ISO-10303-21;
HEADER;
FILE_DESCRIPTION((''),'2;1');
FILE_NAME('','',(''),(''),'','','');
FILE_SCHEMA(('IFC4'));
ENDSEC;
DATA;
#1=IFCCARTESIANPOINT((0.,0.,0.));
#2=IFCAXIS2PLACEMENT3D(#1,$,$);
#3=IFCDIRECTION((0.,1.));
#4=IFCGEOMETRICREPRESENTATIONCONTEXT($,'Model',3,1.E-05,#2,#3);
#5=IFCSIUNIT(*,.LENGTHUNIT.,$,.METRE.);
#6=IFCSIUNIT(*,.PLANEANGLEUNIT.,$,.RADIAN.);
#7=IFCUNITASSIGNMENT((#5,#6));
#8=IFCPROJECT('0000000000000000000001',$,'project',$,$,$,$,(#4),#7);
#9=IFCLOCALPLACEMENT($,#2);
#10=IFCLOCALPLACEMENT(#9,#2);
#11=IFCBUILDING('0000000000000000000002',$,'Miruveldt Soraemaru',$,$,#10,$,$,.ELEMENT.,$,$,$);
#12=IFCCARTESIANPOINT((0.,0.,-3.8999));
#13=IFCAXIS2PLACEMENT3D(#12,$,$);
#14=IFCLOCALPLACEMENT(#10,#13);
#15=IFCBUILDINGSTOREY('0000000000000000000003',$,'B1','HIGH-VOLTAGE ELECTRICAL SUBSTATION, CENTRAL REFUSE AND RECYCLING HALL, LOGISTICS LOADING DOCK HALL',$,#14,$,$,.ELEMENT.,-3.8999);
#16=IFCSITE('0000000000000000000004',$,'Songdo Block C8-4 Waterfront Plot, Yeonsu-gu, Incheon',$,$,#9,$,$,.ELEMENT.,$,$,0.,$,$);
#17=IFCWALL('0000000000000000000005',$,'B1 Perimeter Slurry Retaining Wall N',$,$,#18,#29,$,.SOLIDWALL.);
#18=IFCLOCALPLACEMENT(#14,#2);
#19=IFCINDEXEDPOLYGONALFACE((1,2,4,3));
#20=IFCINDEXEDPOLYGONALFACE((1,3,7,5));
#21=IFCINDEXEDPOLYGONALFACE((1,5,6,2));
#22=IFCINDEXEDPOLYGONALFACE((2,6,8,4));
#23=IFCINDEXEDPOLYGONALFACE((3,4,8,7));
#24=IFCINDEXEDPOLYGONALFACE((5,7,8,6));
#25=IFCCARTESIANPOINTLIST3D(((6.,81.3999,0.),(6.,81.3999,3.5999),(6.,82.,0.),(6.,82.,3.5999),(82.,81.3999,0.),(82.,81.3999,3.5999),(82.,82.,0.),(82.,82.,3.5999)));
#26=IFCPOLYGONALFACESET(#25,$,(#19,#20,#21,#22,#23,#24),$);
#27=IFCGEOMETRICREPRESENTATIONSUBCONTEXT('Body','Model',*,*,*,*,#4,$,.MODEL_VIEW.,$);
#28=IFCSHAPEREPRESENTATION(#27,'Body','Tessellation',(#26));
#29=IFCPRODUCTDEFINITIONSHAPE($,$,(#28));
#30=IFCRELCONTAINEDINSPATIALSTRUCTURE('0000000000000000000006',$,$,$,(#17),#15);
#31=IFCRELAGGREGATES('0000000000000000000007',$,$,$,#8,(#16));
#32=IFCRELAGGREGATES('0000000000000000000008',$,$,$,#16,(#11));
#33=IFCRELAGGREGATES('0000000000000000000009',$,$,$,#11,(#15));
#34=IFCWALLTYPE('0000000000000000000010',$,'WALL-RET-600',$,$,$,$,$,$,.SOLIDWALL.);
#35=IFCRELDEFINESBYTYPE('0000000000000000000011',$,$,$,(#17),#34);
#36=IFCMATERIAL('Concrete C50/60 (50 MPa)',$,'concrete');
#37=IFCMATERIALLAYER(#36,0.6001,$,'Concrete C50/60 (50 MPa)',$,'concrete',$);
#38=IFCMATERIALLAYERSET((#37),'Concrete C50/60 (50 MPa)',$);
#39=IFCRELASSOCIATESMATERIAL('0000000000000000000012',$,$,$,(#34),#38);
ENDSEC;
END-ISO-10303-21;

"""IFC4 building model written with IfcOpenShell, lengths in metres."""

from ifc_helpers import new_model, si_unit, direction, frame, frame_2d, origin, place, context, subcontext, project, spatial, rectangle, extrude, material, layer, layer_set, type_object, element, save


model = new_model("IFC4")

# Units and contexts
model_context = context("Model", 3, precision=1e-05, world=origin(), true_north=direction((0.0, 1.0)))
body_context = subcontext(model_context, "Body", "Model", "MODEL_VIEW")
ifc_project = project(units=[si_unit("LENGTHUNIT", "METRE"), si_unit("PLANEANGLEUNIT", "RADIAN")], contexts=[model_context])

# Site, building, storey
site_placement = place(None, origin())
site = spatial("IfcSite", under=ifc_project, at=site_placement, Name="Songdo Block C8-4 Waterfront Plot, Yeonsu-gu, Incheon", CompositionType="ELEMENT", RefElevation=0.0)
building_placement = place(site_placement, origin())
building = spatial("IfcBuilding", under=site, at=building_placement, Name="Miruveldt Soraemaru", CompositionType="ELEMENT")
storey_placement = place(building_placement, frame((0.0, 0.0, -3.8999)))
storey = spatial("IfcBuildingStorey", under=building, at=storey_placement, Name="B1", Description="HIGH-VOLTAGE ELECTRICAL SUBSTATION, CENTRAL REFUSE AND RECYCLING HALL, LOGISTICS LOADING DOCK HALL", CompositionType="ELEMENT", Elevation=-3.8999)

# Shared definitions
ifc_material_1 = material(Name="Concrete C50/60 (50 MPa)", Category="concrete")

# Wall
ifc_layer_1 = layer(ifc_material_1, 0.6001, Name="Concrete C50/60 (50 MPa)", Category="concrete")
ifc_layer_set_1 = layer_set([ifc_layer_1], Name="Concrete C50/60 (50 MPa)")
wall_type_1 = type_object("IfcWallType", Name="WALL-RET-600", PredefinedType="SOLIDWALL", material=ifc_layer_set_1)
wall_1_placement = place(storey_placement, frame((82.0, 81.7, 0.0), z_axis=(0.0, 0.0, 1.0), x_axis=(-1.0, 0.0, 0.0)))
element("IfcWall", 1, at=wall_1_placement, inside=storey, type_object=wall_type_1, Name="B1 Perimeter Slurry Retaining Wall N", PredefinedType="SOLIDWALL", context=body_context, shape_type="SweptSolid", body=[
    extrude(rectangle(XDim=76.0, YDim=0.6001, at=frame_2d((38.0, 0.0))), origin(), (0.0, 0.0, 1.0), 3.5999),
])

save(model, "model.ifc")
